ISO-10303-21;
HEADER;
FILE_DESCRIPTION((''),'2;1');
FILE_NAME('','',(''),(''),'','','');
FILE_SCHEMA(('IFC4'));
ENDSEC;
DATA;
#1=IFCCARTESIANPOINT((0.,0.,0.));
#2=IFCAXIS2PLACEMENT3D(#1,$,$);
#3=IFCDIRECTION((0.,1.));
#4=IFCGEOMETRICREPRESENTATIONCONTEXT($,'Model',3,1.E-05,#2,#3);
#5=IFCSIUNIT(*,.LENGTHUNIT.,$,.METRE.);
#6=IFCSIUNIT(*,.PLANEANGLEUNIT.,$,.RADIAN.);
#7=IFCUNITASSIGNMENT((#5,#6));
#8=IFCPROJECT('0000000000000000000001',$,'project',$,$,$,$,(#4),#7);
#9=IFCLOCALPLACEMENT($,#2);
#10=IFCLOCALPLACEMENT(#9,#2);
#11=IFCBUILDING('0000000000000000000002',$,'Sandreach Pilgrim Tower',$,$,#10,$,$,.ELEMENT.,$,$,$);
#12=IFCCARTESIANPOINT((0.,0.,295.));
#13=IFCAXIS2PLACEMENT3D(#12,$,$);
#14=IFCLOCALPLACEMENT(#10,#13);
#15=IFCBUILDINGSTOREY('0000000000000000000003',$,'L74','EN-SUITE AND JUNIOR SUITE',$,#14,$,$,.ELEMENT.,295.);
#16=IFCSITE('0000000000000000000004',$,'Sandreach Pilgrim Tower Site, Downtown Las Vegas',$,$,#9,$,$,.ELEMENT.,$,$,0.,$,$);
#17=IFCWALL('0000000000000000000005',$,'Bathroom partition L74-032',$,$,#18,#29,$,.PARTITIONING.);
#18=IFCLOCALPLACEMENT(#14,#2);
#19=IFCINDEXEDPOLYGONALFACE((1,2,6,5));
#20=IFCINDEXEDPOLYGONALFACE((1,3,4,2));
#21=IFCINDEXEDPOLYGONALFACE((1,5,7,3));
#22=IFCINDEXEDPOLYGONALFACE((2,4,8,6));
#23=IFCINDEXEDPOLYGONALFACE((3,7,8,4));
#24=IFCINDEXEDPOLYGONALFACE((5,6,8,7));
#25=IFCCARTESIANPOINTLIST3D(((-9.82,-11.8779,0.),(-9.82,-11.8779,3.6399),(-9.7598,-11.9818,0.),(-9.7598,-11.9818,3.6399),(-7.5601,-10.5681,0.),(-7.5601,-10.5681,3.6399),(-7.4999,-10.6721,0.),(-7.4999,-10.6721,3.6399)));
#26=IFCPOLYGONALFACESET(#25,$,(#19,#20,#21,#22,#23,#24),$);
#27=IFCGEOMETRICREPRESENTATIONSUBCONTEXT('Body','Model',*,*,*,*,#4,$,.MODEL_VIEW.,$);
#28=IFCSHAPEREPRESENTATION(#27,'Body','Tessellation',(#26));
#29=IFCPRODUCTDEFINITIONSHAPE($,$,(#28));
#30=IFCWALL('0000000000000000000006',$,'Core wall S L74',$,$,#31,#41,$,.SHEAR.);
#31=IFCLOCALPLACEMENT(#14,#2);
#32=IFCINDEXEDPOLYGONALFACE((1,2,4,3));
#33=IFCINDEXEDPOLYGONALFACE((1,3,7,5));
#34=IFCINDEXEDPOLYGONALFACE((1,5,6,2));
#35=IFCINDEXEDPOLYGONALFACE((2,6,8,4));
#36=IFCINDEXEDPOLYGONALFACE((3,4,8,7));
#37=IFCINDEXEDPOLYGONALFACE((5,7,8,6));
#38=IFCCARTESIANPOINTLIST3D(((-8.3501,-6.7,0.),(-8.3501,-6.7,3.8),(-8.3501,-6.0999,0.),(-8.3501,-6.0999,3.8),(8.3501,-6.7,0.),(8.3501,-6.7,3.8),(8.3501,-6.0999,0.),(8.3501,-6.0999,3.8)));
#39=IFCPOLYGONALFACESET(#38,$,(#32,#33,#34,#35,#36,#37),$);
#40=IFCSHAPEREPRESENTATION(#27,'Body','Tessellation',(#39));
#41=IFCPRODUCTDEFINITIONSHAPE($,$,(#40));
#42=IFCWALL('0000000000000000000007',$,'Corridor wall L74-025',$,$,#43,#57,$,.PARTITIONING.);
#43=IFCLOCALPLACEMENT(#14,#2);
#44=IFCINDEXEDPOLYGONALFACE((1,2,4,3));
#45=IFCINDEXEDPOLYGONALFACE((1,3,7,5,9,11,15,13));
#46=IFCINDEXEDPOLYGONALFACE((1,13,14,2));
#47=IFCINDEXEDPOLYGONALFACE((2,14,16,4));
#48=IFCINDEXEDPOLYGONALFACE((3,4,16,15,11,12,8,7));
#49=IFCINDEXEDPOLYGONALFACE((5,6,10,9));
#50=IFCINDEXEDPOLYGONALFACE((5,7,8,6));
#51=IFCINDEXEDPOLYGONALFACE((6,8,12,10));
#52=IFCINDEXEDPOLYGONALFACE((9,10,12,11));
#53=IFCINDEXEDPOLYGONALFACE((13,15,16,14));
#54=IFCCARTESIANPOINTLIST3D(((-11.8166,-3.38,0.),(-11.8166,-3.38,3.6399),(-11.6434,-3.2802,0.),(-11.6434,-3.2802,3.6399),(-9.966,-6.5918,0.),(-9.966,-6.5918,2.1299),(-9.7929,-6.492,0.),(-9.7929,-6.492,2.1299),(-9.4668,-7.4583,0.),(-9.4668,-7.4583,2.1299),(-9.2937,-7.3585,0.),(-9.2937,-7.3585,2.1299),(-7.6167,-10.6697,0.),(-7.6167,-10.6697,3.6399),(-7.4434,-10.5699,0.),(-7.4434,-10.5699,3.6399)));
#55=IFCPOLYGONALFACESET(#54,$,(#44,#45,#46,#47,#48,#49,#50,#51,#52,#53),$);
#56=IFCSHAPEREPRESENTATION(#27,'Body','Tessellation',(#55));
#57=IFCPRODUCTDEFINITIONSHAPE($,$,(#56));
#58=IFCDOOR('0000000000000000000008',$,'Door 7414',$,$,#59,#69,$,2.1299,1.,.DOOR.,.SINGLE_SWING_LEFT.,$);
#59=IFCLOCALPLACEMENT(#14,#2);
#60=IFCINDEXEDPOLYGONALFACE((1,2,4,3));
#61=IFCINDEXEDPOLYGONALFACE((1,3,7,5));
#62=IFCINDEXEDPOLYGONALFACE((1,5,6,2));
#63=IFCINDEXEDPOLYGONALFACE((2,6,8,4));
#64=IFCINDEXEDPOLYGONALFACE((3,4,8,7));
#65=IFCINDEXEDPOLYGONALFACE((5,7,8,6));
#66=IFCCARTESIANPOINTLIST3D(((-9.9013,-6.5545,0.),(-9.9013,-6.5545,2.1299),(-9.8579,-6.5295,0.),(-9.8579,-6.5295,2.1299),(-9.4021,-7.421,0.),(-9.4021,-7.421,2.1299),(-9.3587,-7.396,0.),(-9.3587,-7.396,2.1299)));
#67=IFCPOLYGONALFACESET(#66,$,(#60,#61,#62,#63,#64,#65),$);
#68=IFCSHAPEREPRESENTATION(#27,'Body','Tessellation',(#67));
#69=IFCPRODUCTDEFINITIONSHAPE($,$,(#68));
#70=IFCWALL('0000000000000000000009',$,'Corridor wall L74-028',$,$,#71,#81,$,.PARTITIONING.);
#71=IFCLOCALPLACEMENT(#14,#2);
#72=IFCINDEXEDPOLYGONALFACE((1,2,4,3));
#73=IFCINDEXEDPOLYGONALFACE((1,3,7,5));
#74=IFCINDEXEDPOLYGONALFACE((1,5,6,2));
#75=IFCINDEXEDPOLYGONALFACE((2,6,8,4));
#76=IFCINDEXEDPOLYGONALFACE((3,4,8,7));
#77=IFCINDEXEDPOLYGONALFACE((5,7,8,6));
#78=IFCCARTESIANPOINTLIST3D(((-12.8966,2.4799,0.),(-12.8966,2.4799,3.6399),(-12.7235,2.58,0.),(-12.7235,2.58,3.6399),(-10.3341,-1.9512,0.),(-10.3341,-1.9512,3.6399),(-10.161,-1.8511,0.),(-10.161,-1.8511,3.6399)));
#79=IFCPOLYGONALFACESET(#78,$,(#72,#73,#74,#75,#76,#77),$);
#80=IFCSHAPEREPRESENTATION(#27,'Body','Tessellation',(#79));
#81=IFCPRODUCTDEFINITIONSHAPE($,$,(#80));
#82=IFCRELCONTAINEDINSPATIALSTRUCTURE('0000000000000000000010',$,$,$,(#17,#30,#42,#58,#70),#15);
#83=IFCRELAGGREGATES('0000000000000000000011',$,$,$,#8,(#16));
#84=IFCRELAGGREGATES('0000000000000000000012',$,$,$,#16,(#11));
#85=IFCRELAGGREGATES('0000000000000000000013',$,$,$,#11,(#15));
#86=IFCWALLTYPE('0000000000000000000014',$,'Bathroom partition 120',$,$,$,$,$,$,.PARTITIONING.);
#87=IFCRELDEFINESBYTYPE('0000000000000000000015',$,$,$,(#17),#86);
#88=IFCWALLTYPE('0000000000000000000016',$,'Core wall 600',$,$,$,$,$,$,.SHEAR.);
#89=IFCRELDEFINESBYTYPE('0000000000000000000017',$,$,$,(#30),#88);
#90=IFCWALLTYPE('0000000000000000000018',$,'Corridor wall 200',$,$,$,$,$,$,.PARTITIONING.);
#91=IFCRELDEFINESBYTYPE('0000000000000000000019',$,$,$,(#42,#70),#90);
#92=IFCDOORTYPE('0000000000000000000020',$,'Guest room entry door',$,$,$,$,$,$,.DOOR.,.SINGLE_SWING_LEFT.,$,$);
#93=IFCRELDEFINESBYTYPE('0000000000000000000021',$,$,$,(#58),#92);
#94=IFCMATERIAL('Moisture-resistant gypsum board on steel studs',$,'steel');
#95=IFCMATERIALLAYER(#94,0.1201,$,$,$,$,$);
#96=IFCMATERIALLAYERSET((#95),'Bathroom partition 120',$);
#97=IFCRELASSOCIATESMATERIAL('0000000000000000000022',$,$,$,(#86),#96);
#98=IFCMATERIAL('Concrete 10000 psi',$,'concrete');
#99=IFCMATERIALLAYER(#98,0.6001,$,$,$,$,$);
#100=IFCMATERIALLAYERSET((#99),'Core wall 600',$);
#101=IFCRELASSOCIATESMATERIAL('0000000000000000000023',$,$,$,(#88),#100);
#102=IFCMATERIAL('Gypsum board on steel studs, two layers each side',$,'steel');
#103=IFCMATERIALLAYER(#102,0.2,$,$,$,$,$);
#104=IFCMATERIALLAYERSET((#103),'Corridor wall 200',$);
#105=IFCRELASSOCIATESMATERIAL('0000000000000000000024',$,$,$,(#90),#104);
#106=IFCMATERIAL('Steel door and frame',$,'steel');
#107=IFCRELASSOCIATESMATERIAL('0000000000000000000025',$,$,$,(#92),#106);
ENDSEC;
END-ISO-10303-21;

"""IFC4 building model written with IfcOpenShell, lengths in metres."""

from ifc_helpers import new_model, si_unit, direction, frame, frame_2d, origin, place, context, subcontext, project, spatial, rectangle, extrude, material, layer, layer_set, type_object, element, fill, save


model = new_model("IFC4")

# Units and contexts
model_context = context("Model", 3, precision=1e-05, world=origin(), true_north=direction((0.0, 1.0)))
body_context = subcontext(model_context, "Body", "Model", "MODEL_VIEW")
ifc_project = project(units=[si_unit("LENGTHUNIT", "METRE"), si_unit("PLANEANGLEUNIT", "RADIAN")], contexts=[model_context])

# Site, building, storey
site_placement = place(None, origin())
site = spatial("IfcSite", under=ifc_project, at=site_placement, Name="Sandreach Pilgrim Tower Site, Downtown Las Vegas", CompositionType="ELEMENT", RefElevation=0.0)
building_placement = place(site_placement, origin())
building = spatial("IfcBuilding", under=site, at=building_placement, Name="Sandreach Pilgrim Tower", CompositionType="ELEMENT")
storey_placement = place(building_placement, frame((0.0, 0.0, 295.0)))
storey = spatial("IfcBuildingStorey", under=building, at=storey_placement, Name="L74", Description="EN-SUITE AND JUNIOR SUITE", CompositionType="ELEMENT", Elevation=295.0)

# Shared definitions
ifc_material_1 = material(Name="Moisture-resistant gypsum board on steel studs", Category="steel")
ifc_layer_1 = layer(ifc_material_1, 0.1201)
ifc_layer_set_1 = layer_set([ifc_layer_1], Name="Bathroom partition 120")
wall_type_1 = type_object("IfcWallType", Name="Bathroom partition 120", PredefinedType="PARTITIONING", material=ifc_layer_set_1)

# Walls
wall_1_placement = place(storey_placement, frame((-9.79, -11.9299, 0.0), z_axis=(0.0, 0.0, 1.0), x_axis=(0.865196, 0.501434, 0.0)))
element("IfcWall", 1, at=wall_1_placement, inside=storey, type_object=wall_type_1, Name="Bathroom partition L74-032", PredefinedType="PARTITIONING", context=body_context, shape_type="SweptSolid", body=[
    extrude(rectangle(XDim=2.6121, YDim=0.1201, at=frame_2d((1.3062, 0.0))), origin(), (0.0, 0.0, 1.0), 3.6399),
])
ifc_material_2 = material(Name="Concrete 10000 psi", Category="concrete")
ifc_layer_2 = layer(ifc_material_2, 0.6001)
ifc_layer_set_2 = layer_set([ifc_layer_2], Name="Core wall 600")
wall_type_2 = type_object("IfcWallType", Name="Core wall 600", PredefinedType="SHEAR", material=ifc_layer_set_2)
wall_2_placement = place(storey_placement, frame((-8.3501, -6.3999, 0.0), z_axis=(0.0, 0.0, 1.0), x_axis=(1.0, 0.0, 0.0)))
element("IfcWall", 2, at=wall_2_placement, inside=storey, type_object=wall_type_2, Name="Core wall S L74", PredefinedType="SHEAR", context=body_context, shape_type="SweptSolid", body=[
    extrude(rectangle(XDim=16.7002, YDim=0.6001, at=frame_2d((8.3501, 0.0))), origin(), (0.0, 0.0, 1.0), 3.8),
])

# Wall, opening, door
ifc_material_3 = material(Name="Gypsum board on steel studs, two layers each side", Category="steel")
ifc_layer_3 = layer(ifc_material_3, 0.2)
ifc_layer_set_3 = layer_set([ifc_layer_3], Name="Corridor wall 200")
wall_type_3 = type_object("IfcWallType", Name="Corridor wall 200", PredefinedType="PARTITIONING", material=ifc_layer_set_3)
wall_3_placement = place(storey_placement, frame((-11.73, -3.3301, 0.0), z_axis=(0.0, 0.0, 1.0), x_axis=(0.499214, -0.866479, 0.0)))
wall_3 = element("IfcWall", 3, at=wall_3_placement, inside=storey, type_object=wall_type_3, Name="Corridor wall L74-025", PredefinedType="PARTITIONING", context=body_context, shape_type="SweptSolid", body=[
    extrude(rectangle(XDim=8.4131, YDim=0.2, at=frame_2d((4.2065, 0.0))), origin(), (0.0, 0.0, 1.0), 3.6399),
])
opening_1_placement = place(wall_3_placement, frame((3.7068, 0.0, 0.0)))
opening_1 = element("IfcOpeningElement", 4, at=opening_1_placement, cuts=wall_3, PredefinedType="OPENING", context=body_context, shape_type="SweptSolid", body=[
    extrude(rectangle(XDim=1.0, YDim=2.1299, at=frame_2d((0.5, 1.0649))), frame((0.0, 0.1001, 0.0), z_axis=(0.0, -1.0, 0.0), x_axis=(1.0, 0.0, 0.0)), (0.0, 0.0, 1.0), 0.2),
])
ifc_material_4 = material(Name="Steel door and frame", Category="steel")
door_type_1 = type_object("IfcDoorType", Name="Guest room entry door", OperationType="SINGLE_SWING_LEFT", PredefinedType="DOOR", material=ifc_material_4)
door_1_placement = place(opening_1_placement, origin())
door_1 = element("IfcDoor", 5, at=door_1_placement, inside=storey, type_object=door_type_1, Name="Door 7414", OperationType="SINGLE_SWING_LEFT", OverallHeight=2.1299, OverallWidth=1.0, PredefinedType="DOOR", context=body_context, shape_type="SweptSolid", body=[
    extrude(rectangle(XDim=1.0, YDim=2.1299, at=frame_2d((0.5, 1.0649))), frame((0.0, 0.0249, 0.0), z_axis=(0.0, -1.0, 0.0), x_axis=(1.0, 0.0, 0.0)), (0.0, 0.0, 1.0), 0.05),
])
fill(opening_1, door_1)

# Wall
wall_4_placement = place(storey_placement, frame((-10.2476, -1.9011, 0.0), z_axis=(0.0, 0.0, 1.0), x_axis=(-0.500611, 0.865672, 0.0)))
element("IfcWall", 6, at=wall_4_placement, inside=storey, type_object=wall_type_3, Name="Corridor wall L74-028", PredefinedType="PARTITIONING", context=body_context, shape_type="SweptSolid", body=[
    extrude(rectangle(XDim=5.1187, YDim=0.2, at=frame_2d((2.5593, 0.0))), origin(), (0.0, 0.0, 1.0), 3.6399),
])

save(model, "model.ifc")
